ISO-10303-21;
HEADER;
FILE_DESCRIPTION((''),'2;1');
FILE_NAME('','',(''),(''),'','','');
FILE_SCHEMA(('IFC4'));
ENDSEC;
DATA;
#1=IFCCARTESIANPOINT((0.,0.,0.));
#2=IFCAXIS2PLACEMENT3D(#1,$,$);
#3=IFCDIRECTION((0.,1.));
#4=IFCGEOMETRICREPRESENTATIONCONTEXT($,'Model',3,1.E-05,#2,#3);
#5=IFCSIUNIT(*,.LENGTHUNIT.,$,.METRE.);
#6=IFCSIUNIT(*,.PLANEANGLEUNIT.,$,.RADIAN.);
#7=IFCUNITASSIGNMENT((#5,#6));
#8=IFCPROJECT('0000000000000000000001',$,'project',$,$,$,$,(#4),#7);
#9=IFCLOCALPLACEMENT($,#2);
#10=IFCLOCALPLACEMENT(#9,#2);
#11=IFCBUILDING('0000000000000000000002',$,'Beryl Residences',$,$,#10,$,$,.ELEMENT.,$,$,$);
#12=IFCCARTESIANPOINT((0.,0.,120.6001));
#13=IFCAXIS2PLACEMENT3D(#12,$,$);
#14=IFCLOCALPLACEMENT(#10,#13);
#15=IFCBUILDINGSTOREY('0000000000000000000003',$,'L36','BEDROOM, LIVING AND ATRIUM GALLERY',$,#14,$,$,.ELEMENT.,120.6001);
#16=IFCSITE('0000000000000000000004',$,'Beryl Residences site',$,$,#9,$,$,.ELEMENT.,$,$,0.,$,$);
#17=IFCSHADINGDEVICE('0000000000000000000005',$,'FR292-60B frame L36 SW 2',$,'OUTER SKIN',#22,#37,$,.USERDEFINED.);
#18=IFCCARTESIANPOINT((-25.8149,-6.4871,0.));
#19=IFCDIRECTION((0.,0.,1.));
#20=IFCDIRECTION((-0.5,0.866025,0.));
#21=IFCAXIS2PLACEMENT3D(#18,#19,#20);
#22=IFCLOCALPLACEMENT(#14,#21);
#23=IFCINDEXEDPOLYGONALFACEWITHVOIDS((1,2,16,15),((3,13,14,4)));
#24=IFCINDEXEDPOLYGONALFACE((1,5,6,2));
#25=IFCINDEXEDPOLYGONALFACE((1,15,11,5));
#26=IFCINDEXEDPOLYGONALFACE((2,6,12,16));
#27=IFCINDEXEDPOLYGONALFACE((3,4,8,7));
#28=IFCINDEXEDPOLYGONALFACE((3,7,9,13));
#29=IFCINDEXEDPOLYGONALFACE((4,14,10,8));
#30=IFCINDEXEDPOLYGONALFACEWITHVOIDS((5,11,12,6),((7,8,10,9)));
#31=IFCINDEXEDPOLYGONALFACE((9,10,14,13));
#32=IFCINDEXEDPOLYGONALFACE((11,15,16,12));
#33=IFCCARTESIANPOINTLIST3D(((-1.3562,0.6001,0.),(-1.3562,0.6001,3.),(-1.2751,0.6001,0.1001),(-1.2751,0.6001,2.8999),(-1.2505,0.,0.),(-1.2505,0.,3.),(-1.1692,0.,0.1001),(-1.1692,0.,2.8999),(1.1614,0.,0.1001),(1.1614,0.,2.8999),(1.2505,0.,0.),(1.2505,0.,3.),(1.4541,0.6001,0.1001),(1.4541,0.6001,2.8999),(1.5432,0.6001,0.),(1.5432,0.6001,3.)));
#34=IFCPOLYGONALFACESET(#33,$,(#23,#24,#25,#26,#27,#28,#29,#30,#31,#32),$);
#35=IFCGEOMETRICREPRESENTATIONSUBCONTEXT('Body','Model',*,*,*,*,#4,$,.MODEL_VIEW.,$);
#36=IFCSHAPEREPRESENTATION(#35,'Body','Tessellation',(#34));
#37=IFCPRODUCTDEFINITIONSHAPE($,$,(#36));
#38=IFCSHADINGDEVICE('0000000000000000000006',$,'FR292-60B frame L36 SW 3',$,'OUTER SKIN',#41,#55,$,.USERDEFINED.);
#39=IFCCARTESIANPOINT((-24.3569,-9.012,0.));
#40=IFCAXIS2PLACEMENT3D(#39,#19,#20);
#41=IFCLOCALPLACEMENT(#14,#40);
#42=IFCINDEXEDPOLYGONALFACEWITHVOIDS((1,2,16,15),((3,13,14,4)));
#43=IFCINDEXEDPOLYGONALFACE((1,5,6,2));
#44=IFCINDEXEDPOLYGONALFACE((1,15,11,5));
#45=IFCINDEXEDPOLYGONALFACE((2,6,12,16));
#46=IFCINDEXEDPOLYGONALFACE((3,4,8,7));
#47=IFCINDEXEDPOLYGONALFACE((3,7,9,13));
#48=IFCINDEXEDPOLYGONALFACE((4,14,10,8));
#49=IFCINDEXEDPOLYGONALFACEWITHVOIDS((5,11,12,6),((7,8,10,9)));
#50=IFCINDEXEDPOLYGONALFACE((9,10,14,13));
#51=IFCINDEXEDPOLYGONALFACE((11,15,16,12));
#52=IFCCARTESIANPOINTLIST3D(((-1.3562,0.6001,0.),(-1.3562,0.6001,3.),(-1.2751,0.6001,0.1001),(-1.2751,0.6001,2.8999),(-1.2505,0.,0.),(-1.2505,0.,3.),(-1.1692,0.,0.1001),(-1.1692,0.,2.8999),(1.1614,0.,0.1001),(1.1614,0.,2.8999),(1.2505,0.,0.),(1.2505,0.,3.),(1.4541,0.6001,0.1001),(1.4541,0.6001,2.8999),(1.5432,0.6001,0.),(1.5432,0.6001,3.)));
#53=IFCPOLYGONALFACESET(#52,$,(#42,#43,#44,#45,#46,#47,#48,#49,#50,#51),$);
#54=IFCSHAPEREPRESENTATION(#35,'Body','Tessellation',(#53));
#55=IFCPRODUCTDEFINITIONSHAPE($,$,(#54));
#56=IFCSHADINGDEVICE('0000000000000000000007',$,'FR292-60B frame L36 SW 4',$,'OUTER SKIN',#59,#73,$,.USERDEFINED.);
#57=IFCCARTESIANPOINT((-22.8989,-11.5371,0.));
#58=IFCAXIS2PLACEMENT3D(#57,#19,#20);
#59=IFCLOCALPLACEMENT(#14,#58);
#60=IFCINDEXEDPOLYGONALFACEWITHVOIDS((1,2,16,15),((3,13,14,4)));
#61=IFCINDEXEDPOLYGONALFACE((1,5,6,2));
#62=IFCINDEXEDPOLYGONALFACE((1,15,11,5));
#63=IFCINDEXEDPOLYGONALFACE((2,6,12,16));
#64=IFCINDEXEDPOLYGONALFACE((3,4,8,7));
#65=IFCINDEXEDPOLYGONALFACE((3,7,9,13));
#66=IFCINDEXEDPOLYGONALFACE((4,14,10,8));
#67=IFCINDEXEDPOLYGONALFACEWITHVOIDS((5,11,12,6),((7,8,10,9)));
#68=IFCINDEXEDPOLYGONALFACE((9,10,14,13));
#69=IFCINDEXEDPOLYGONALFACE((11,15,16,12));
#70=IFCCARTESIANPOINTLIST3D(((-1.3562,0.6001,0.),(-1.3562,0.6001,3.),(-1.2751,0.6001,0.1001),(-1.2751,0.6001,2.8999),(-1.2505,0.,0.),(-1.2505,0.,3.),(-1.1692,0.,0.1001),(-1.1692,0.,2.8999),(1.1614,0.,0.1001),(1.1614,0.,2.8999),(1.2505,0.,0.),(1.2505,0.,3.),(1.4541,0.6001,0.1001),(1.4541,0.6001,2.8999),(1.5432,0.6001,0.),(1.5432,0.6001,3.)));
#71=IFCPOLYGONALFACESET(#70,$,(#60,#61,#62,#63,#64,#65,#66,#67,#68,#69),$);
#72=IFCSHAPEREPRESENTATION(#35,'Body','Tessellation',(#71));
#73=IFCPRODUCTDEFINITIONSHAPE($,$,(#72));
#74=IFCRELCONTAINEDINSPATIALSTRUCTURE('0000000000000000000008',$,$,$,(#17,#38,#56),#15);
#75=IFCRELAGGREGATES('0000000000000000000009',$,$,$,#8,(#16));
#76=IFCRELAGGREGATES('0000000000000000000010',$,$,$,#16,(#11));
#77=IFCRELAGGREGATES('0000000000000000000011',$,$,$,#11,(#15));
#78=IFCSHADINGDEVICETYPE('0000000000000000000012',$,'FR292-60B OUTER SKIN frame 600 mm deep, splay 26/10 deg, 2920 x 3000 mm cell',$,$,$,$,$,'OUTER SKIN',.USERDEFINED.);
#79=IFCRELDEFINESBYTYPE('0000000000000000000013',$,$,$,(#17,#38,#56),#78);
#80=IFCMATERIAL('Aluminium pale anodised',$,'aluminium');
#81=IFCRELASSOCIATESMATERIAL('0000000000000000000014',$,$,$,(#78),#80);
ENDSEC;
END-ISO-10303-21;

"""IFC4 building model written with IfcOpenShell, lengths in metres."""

from ifc_helpers import new_model, entity, si_unit, direction, frame, origin, place, context, subcontext, project, spatial, source, transform, mapped, material, type_object, type_shapes, element, save


model = new_model("IFC4")

# Units and contexts
model_context = context("Model", 3, precision=1e-05, world=origin(), true_north=direction((0.0, 1.0)))
body_context = subcontext(model_context, "Body", "Model", "MODEL_VIEW")
ifc_project = project(units=[si_unit("LENGTHUNIT", "METRE"), si_unit("PLANEANGLEUNIT", "RADIAN")], contexts=[model_context])

# Site, building, storey
site_placement = place(None, origin())
site = spatial("IfcSite", under=ifc_project, at=site_placement, Name="Beryl Residences site", CompositionType="ELEMENT", RefElevation=0.0)
building_placement = place(site_placement, origin())
building = spatial("IfcBuilding", under=site, at=building_placement, Name="Beryl Residences", CompositionType="ELEMENT")
storey_placement = place(building_placement, frame((0.0, 0.0, 120.6001)))
storey = spatial("IfcBuildingStorey", under=building, at=storey_placement, Name="L36", Description="BEDROOM, LIVING AND ATRIUM GALLERY", CompositionType="ELEMENT", Elevation=120.6001)

# Shading devices
ifc_material_1 = material(Name="Aluminium pale anodised", Category="aluminium")
shading_device_type = type_object("IfcShadingDeviceType", Name="FR292-60B OUTER SKIN frame 600 mm deep, splay 26/10 deg, 2920 x 3000 mm cell", ElementType="OUTER SKIN", PredefinedType="USERDEFINED", material=ifc_material_1)
cartesian_point_1 = entity("IfcCartesianPoint", [-1.2505, 0.0])
cartesian_point_2 = entity("IfcCartesianPoint", [-1.1614, 0.1001])
cartesian_point_3 = entity("IfcCartesianPoint", [-1.5432, 0.0])
cartesian_point_4 = entity("IfcCartesianPoint", [-1.4541, 0.1001])
shared_shape = source(origin(), body_context, "Body", "SweptSolid", [
    entity("IfcExtrudedAreaSolidTapered", entity("IfcArbitraryProfileDefWithVoids", "AREA", None, entity("IfcPolyline", [cartesian_point_1, entity("IfcCartesianPoint", [1.2505, 0.0]), entity("IfcCartesianPoint", [1.2505, 3.0]), entity("IfcCartesianPoint", [-1.2505, 3.0]), cartesian_point_1]), [entity("IfcPolyline", [cartesian_point_2, entity("IfcCartesianPoint", [1.1692, 0.1001]), entity("IfcCartesianPoint", [1.1692, 2.8999]), entity("IfcCartesianPoint", [-1.1614, 2.8999]), cartesian_point_2])]), entity("IfcAxis2Placement3D", entity("IfcCartesianPoint", [0.0, 0.0, 0.0]), entity("IfcDirection", [0.0, 1.0, 0.0]), entity("IfcDirection", [-1.0, 0.0, 0.0])), entity("IfcDirection", [0.0, 0.0, 1.0]), 0.6001, entity("IfcArbitraryProfileDefWithVoids", "AREA", None, entity("IfcPolyline", [cartesian_point_3, entity("IfcCartesianPoint", [1.3562, 0.0]), entity("IfcCartesianPoint", [1.3562, 3.0]), entity("IfcCartesianPoint", [-1.5432, 3.0]), cartesian_point_3]), [entity("IfcPolyline", [cartesian_point_4, entity("IfcCartesianPoint", [1.2751, 0.1001]), entity("IfcCartesianPoint", [1.2751, 2.8999]), entity("IfcCartesianPoint", [-1.4541, 2.8999]), cartesian_point_4])])),
])
type_shapes(shading_device_type, [shared_shape])
for number, where, z_axis, x_axis, name in (
    (1, (-25.8149, -6.4871, 0.0), (0.0, 0.0, 1.0), (-0.5, 0.866025, 0.0), "FR292-60B frame L36 SW 2"),
    (2, (-24.3569, -9.012, 0.0), (0.0, 0.0, 1.0), (-0.5, 0.866025, 0.0), "FR292-60B frame L36 SW 3"),
    (3, (-22.8989, -11.5371, 0.0), (0.0, 0.0, 1.0), (-0.5, 0.866025, 0.0), "FR292-60B frame L36 SW 4"),
):
    element("IfcShadingDevice", number, at=place(storey_placement, frame(where, z_axis=z_axis, x_axis=x_axis)), inside=storey, type_object=shading_device_type, Name=name, ObjectType="OUTER SKIN", PredefinedType="USERDEFINED", context=body_context, shape_type="MappedRepresentation", body=[
        mapped(shared_shape, transform((0.0, 0.0, 0.0))),
    ])

save(model, "model.ifc")
